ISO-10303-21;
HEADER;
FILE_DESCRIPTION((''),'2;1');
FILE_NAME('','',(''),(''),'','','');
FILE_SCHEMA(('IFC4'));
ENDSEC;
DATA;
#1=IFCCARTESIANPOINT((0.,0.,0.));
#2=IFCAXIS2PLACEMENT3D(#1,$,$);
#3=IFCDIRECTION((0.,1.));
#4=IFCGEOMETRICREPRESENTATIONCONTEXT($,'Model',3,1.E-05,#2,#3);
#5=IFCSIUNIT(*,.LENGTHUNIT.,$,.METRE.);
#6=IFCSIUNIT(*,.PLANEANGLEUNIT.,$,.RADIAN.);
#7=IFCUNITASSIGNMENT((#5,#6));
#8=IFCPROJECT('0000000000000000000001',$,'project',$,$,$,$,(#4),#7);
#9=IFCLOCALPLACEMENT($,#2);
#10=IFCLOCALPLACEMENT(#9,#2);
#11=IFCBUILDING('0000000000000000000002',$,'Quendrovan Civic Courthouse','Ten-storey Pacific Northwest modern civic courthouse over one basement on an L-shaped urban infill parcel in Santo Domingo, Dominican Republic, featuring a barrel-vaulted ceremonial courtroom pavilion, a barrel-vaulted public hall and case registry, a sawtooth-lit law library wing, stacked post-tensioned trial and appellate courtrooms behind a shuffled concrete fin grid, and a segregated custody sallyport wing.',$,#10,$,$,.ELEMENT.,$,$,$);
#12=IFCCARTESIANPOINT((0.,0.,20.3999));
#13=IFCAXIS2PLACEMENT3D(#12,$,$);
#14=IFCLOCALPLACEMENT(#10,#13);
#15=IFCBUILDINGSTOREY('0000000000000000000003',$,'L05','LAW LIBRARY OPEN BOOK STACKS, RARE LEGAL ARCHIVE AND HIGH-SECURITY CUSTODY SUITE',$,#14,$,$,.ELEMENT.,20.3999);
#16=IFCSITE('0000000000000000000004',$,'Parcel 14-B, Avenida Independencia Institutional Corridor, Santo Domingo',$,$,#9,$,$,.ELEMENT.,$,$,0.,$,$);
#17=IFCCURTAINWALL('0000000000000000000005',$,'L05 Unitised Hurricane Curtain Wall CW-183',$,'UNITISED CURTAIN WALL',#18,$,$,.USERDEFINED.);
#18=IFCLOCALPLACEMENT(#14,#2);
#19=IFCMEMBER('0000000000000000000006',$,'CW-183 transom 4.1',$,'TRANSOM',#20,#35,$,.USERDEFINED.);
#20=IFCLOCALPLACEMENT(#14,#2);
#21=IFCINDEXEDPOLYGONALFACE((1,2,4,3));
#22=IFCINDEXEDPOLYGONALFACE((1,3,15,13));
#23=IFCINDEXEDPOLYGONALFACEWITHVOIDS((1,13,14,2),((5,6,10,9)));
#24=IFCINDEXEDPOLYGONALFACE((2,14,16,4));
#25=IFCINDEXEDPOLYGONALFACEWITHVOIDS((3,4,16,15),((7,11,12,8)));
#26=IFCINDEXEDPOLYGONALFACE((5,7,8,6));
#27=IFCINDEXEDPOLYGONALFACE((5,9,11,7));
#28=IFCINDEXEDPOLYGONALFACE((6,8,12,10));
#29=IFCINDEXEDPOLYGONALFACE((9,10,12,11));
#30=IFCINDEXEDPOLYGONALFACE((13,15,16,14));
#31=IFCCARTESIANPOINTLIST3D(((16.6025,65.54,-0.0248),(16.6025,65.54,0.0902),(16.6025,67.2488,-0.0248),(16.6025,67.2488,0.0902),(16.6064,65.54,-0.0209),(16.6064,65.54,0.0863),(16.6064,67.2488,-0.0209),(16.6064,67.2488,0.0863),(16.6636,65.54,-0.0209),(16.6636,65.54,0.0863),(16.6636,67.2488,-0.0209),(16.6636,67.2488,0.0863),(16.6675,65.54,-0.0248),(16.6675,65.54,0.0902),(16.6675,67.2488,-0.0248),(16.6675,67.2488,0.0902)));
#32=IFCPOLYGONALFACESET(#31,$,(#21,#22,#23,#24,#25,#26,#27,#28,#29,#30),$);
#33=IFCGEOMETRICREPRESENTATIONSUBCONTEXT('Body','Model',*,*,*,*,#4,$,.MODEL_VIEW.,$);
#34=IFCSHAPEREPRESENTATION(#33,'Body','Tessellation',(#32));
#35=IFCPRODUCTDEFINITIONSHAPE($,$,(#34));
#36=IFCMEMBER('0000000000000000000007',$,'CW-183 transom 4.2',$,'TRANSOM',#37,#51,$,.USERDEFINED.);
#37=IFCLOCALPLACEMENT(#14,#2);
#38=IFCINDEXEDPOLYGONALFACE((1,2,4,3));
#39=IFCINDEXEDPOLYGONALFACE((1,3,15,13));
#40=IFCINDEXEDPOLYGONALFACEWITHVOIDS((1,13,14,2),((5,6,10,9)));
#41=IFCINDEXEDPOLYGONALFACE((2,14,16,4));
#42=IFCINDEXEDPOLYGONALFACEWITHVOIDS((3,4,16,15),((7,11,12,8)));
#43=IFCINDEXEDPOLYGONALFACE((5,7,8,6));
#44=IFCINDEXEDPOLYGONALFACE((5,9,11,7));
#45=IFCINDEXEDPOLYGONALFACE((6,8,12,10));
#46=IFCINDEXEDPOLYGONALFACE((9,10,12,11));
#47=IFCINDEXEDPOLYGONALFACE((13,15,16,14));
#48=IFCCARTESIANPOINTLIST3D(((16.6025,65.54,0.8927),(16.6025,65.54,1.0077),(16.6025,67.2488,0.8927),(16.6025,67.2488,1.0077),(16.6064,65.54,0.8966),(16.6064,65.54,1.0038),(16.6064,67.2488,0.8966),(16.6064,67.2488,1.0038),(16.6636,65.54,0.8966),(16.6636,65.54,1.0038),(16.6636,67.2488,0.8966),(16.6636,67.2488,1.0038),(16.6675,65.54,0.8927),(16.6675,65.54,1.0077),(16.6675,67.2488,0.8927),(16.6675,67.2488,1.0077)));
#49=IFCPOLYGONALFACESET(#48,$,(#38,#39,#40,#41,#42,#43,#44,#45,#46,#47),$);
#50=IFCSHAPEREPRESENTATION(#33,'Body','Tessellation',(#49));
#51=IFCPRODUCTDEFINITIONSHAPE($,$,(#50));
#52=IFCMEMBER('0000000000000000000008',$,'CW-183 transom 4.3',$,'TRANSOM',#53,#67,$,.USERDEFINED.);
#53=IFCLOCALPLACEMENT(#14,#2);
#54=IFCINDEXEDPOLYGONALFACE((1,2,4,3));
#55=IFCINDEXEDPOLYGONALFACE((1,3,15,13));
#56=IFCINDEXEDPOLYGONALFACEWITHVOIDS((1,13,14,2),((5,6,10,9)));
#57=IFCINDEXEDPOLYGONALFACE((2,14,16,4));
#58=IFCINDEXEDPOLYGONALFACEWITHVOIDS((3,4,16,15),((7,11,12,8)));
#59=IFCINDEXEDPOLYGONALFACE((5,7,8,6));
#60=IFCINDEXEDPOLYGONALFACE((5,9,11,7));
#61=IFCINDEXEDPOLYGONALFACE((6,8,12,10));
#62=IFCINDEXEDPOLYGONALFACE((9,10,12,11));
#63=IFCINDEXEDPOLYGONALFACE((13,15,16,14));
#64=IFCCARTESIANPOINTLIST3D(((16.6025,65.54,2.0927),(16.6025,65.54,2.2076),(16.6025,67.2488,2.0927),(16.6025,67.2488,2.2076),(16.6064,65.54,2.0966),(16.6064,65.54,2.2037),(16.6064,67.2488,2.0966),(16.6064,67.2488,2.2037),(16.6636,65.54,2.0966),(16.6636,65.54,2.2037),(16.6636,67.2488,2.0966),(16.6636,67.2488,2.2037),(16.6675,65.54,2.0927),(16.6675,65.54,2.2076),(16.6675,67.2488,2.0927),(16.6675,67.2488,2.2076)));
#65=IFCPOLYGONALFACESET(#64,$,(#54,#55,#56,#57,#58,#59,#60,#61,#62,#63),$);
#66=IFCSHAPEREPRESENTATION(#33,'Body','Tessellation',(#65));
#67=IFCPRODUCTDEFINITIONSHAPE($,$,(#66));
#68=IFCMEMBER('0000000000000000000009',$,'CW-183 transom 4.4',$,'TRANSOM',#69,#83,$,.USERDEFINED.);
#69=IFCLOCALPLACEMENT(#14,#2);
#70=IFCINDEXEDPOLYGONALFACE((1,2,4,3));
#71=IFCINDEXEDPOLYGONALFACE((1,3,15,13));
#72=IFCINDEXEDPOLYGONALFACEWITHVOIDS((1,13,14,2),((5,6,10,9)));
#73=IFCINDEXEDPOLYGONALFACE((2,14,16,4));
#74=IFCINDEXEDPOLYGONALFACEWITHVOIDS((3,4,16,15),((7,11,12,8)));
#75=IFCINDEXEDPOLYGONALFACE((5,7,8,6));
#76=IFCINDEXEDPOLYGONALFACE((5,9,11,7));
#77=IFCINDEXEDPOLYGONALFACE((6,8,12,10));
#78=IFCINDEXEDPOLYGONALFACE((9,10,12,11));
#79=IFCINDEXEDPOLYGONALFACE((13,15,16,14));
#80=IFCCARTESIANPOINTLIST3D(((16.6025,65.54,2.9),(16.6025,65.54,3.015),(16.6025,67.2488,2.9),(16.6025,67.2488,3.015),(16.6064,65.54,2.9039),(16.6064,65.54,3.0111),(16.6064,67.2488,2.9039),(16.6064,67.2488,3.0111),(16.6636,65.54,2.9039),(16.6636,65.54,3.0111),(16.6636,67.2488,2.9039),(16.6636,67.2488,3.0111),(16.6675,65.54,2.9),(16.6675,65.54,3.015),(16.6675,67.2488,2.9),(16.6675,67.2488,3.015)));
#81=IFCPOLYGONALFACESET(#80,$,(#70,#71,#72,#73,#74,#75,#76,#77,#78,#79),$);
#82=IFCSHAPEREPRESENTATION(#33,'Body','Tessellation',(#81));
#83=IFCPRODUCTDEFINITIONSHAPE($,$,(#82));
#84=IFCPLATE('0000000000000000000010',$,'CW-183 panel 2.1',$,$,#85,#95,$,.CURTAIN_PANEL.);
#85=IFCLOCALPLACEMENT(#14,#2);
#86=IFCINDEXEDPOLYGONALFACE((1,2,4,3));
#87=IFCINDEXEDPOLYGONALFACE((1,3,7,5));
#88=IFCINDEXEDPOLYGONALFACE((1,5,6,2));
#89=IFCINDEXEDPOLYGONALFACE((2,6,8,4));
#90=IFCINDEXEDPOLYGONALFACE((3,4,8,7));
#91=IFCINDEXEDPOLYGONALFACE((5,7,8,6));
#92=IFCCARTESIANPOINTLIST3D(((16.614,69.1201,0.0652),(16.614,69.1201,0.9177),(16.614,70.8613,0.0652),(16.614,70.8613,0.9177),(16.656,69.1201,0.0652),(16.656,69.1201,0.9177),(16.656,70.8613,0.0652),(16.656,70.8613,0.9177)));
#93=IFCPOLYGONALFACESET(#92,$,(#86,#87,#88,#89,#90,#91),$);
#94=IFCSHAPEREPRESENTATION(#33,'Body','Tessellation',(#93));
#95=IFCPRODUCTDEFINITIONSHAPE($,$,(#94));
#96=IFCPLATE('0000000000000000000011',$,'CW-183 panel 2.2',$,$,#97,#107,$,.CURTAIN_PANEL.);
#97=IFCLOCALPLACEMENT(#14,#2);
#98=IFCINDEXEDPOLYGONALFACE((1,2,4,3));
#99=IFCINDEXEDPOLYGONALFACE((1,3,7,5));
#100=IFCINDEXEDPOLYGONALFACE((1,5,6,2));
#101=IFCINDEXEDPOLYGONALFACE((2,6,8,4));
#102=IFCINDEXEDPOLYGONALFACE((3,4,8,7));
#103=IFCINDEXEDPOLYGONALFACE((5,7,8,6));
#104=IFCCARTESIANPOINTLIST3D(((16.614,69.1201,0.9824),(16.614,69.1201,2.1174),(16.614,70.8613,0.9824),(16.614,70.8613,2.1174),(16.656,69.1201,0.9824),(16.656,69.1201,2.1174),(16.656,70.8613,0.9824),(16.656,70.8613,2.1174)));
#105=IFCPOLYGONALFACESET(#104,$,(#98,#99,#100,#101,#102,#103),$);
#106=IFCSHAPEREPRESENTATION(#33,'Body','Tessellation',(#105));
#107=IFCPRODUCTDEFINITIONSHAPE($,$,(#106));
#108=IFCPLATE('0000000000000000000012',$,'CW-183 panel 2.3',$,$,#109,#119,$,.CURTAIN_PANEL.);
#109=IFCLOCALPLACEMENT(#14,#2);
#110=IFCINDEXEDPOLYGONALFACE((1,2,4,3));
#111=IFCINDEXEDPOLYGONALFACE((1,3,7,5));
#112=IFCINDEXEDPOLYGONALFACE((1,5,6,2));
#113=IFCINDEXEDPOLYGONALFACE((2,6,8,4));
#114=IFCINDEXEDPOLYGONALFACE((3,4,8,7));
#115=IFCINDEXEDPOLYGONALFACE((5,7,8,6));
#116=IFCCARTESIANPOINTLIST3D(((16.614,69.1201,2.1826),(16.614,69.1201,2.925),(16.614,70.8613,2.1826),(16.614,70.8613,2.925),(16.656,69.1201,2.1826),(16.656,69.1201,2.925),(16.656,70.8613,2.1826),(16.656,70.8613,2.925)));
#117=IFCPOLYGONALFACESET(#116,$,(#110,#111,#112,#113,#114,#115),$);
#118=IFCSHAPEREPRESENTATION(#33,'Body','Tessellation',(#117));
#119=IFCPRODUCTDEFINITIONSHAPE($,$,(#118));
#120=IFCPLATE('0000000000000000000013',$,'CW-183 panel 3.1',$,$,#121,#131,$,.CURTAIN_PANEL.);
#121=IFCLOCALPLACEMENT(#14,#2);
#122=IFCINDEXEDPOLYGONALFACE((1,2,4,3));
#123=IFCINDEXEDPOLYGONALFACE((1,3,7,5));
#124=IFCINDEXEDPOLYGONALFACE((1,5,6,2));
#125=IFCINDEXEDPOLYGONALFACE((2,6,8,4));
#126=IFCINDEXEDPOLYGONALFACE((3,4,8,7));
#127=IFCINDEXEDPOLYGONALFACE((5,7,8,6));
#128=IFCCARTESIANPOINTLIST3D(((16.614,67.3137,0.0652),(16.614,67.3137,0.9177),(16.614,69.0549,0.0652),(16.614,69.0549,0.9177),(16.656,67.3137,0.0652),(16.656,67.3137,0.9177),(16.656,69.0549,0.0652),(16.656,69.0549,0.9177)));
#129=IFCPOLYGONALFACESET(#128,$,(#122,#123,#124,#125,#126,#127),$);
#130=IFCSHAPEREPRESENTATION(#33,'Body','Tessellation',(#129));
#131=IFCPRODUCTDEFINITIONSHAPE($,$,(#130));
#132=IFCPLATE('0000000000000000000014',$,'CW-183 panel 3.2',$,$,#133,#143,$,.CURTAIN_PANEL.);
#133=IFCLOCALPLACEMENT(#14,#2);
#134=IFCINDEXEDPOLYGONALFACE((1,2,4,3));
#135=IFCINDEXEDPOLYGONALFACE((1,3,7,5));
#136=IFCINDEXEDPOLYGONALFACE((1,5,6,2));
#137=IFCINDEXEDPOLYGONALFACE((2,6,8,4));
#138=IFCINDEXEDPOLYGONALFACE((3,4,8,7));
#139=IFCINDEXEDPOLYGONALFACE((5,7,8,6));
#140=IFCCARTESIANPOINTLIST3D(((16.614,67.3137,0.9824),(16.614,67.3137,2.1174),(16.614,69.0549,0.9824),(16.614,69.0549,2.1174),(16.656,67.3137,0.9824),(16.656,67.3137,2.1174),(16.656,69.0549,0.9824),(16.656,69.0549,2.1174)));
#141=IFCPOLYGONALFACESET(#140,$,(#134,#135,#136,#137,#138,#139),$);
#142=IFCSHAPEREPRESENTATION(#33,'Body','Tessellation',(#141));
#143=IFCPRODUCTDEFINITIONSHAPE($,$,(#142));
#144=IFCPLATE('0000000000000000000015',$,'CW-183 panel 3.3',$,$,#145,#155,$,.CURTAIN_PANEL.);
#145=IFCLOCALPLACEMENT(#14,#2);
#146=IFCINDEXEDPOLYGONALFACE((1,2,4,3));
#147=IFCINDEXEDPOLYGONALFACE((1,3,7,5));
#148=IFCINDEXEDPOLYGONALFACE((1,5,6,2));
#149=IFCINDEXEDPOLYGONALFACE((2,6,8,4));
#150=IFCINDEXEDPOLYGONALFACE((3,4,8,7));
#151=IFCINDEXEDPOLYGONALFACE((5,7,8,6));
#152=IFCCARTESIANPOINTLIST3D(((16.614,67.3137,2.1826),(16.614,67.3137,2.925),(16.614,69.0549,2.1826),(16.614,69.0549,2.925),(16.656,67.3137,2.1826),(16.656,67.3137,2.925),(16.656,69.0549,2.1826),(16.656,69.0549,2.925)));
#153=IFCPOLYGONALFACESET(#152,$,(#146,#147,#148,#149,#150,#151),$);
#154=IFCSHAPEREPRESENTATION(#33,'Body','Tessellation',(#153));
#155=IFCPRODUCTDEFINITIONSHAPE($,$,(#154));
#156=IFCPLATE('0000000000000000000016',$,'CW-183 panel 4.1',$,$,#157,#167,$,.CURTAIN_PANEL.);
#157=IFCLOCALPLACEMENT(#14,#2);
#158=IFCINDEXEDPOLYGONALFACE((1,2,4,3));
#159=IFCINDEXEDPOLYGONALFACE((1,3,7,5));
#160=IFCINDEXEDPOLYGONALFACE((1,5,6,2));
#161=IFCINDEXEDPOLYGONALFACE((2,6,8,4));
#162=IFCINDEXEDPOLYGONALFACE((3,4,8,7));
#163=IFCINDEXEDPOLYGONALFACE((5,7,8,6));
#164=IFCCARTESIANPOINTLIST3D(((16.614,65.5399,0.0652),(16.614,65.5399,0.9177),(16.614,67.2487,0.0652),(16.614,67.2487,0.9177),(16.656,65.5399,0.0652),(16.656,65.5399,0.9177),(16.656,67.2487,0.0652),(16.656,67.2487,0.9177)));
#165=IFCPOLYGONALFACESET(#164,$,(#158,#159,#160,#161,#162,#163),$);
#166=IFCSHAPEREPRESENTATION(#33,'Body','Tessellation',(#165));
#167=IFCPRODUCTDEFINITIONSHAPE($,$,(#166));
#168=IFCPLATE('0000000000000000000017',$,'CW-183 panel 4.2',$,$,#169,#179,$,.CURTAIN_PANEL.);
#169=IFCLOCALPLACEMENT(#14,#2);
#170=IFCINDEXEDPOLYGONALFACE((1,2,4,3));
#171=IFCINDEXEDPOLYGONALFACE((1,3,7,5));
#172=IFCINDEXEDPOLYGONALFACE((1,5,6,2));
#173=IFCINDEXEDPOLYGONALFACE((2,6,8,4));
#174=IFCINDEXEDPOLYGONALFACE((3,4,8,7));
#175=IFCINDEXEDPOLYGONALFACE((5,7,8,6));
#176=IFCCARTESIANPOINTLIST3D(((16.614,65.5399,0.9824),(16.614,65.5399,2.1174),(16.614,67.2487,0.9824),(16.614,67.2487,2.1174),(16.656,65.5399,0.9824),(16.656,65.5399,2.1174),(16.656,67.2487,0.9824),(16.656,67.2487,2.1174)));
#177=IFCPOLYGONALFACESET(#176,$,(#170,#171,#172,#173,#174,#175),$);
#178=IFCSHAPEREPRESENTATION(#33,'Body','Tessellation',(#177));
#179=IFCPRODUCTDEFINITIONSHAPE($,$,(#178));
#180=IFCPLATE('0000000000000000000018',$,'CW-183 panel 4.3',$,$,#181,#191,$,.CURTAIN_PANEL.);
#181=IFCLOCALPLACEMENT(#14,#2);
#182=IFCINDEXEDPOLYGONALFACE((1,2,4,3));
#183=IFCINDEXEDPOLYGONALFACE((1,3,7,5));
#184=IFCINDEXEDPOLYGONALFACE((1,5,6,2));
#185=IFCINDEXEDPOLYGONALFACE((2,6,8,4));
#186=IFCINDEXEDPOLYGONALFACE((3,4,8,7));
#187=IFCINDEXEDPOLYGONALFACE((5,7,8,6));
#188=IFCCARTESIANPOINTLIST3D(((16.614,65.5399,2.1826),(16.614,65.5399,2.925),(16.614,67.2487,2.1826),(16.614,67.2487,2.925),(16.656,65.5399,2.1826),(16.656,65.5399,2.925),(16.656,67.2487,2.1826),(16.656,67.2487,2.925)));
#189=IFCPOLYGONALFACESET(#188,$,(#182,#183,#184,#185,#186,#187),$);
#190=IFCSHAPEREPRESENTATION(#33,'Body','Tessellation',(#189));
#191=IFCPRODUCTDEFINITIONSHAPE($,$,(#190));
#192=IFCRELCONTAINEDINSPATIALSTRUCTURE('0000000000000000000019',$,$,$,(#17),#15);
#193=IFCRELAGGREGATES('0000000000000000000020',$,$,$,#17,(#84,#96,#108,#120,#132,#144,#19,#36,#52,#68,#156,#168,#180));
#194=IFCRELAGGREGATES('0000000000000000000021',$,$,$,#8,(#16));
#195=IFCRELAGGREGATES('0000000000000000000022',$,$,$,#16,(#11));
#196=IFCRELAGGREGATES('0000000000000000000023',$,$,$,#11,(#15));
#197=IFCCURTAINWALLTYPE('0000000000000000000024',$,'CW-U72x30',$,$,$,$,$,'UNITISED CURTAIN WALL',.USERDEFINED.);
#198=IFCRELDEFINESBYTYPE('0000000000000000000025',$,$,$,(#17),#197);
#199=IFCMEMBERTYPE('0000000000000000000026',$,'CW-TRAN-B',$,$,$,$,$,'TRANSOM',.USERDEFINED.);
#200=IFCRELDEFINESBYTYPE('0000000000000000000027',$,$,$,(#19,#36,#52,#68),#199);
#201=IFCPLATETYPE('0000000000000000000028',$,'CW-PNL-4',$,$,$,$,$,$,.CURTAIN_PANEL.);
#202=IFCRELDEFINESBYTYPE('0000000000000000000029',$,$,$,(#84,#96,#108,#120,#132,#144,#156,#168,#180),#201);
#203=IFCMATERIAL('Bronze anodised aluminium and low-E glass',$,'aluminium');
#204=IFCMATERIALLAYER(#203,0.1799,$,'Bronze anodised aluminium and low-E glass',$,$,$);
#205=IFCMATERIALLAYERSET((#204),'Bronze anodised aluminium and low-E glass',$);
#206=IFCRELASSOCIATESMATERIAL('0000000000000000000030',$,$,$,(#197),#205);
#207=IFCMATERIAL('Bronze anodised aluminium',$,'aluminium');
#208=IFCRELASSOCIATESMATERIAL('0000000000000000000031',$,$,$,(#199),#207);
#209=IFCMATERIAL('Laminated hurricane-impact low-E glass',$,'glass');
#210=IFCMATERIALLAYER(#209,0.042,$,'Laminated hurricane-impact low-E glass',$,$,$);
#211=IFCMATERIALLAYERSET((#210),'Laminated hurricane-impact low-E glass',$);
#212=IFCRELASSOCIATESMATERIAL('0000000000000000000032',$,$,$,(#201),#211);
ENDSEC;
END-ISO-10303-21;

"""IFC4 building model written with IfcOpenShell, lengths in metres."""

from ifc_helpers import new_model, si_unit, direction, frame, origin, origin_2d, place, context, subcontext, project, spatial, rectangle, hollow_rectangle, extrude, material, layer, layer_set, material_profile, profile_set, type_object, element, aggregate, save


model = new_model("IFC4")

# Units and contexts
model_context = context("Model", 3, precision=1e-05, world=origin(), true_north=direction((0.0, 1.0)))
body_context = subcontext(model_context, "Body", "Model", "MODEL_VIEW")
ifc_project = project(units=[si_unit("LENGTHUNIT", "METRE"), si_unit("PLANEANGLEUNIT", "RADIAN")], contexts=[model_context])

# Site, building, storey
site_placement = place(None, origin())
site = spatial("IfcSite", under=ifc_project, at=site_placement, Name="Parcel 14-B, Avenida Independencia Institutional Corridor, Santo Domingo", CompositionType="ELEMENT", RefElevation=0.0)
building_placement = place(site_placement, origin())
building = spatial("IfcBuilding", under=site, at=building_placement, Name="Quendrovan Civic Courthouse", Description="Ten-storey Pacific Northwest modern civic courthouse over one basement on an L-shaped urban infill parcel in Santo Domingo, Dominican Republic, featuring a barrel-vaulted ceremonial courtroom pavilion, a barrel-vaulted public hall and case registry, a sawtooth-lit law library wing, stacked post-tensioned trial and appellate courtrooms behind a shuffled concrete fin grid, and a segregated custody sallyport wing.", CompositionType="ELEMENT")
storey_placement = place(building_placement, frame((0.0, 0.0, 20.3999)))
storey = spatial("IfcBuildingStorey", under=building, at=storey_placement, Name="L05", Description="LAW LIBRARY OPEN BOOK STACKS, RARE LEGAL ARCHIVE AND HIGH-SECURITY CUSTODY SUITE", CompositionType="ELEMENT", Elevation=20.3999)

# Curtain wall, members, plates
ifc_material_1 = material(Name="Bronze anodised aluminium and low-E glass", Category="aluminium")
ifc_layer_1 = layer(ifc_material_1, 0.1799, Name="Bronze anodised aluminium and low-E glass")
ifc_layer_set_1 = layer_set([ifc_layer_1], Name="Bronze anodised aluminium and low-E glass")
curtain_wall_type = type_object("IfcCurtainWallType", Name="CW-U72x30", ElementType="UNITISED CURTAIN WALL", PredefinedType="USERDEFINED", material=ifc_layer_set_1)
curtain_wall_placement = place(storey_placement, origin())
curtain_wall = element("IfcCurtainWall", 1, at=curtain_wall_placement, inside=storey, type_object=curtain_wall_type, Name="L05 Unitised Hurricane Curtain Wall CW-183", ObjectType="UNITISED CURTAIN WALL", PredefinedType="USERDEFINED")
ifc_material_2 = material(Name="Bronze anodised aluminium", Category="aluminium")
ifc_material_profile_1 = material_profile(ifc_material_2, hollow_rectangle(XDim=0.0649, YDim=0.115, WallThickness=0.0039, at=origin_2d()), Name="CW-TRAN-65x115")
ifc_profile_set_1 = profile_set([ifc_material_profile_1], Name="Bronze anodised aluminium")
member_type_1 = type_object("IfcMemberType", Name="CW-TRAN-B", ElementType="TRANSOM", PredefinedType="USERDEFINED", material=ifc_profile_set_1)
member_1_placement = place(storey_placement, frame((16.635, 67.2488, 0.0327), z_axis=(0.0, -1.0, 0.0), x_axis=(1.0, 0.0, 0.0)))
member_1 = element("IfcMember", 2, at=member_1_placement, type_object=member_type_1, Name="CW-183 transom 4.1", ObjectType="TRANSOM", PredefinedType="USERDEFINED", context=body_context, shape_type="SweptSolid", body=[
    extrude(hollow_rectangle(XDim=0.0649, YDim=0.115, WallThickness=0.0039, at=origin_2d()), origin(), (0.0, 0.0, 1.0), 1.7087),
])
member_2_placement = place(storey_placement, frame((16.635, 67.2488, 0.9502), z_axis=(0.0, -1.0, 0.0), x_axis=(1.0, 0.0, 0.0)))
member_2 = element("IfcMember", 3, at=member_2_placement, type_object=member_type_1, Name="CW-183 transom 4.2", ObjectType="TRANSOM", PredefinedType="USERDEFINED", context=body_context, shape_type="SweptSolid", body=[
    extrude(hollow_rectangle(XDim=0.0649, YDim=0.115, WallThickness=0.0039, at=origin_2d()), origin(), (0.0, 0.0, 1.0), 1.7087),
])
member_3_placement = place(storey_placement, frame((16.635, 67.2488, 2.1501), z_axis=(0.0, -1.0, 0.0), x_axis=(1.0, 0.0, 0.0)))
member_3 = element("IfcMember", 4, at=member_3_placement, type_object=member_type_1, Name="CW-183 transom 4.3", ObjectType="TRANSOM", PredefinedType="USERDEFINED", context=body_context, shape_type="SweptSolid", body=[
    extrude(hollow_rectangle(XDim=0.0649, YDim=0.115, WallThickness=0.0039, at=origin_2d()), origin(), (0.0, 0.0, 1.0), 1.7087),
])
member_4_placement = place(storey_placement, frame((16.635, 67.2488, 2.9575), z_axis=(0.0, -1.0, 0.0), x_axis=(1.0, 0.0, 0.0)))
member_4 = element("IfcMember", 5, at=member_4_placement, type_object=member_type_1, Name="CW-183 transom 4.4", ObjectType="TRANSOM", PredefinedType="USERDEFINED", context=body_context, shape_type="SweptSolid", body=[
    extrude(hollow_rectangle(XDim=0.0649, YDim=0.115, WallThickness=0.0039, at=origin_2d()), origin(), (0.0, 0.0, 1.0), 1.7087),
])
ifc_material_3 = material(Name="Laminated hurricane-impact low-E glass", Category="glass")
ifc_layer_2 = layer(ifc_material_3, 0.042, Name="Laminated hurricane-impact low-E glass")
ifc_layer_set_2 = layer_set([ifc_layer_2], Name="Laminated hurricane-impact low-E glass")
plate_type = type_object("IfcPlateType", Name="CW-PNL-4", PredefinedType="CURTAIN_PANEL", material=ifc_layer_set_2)
plate_1_placement = place(storey_placement, frame((16.635, 69.9907, 0.0652), z_axis=(0.0, 0.0, 1.0), x_axis=(0.0, -1.0, 0.0)))
plate_1 = element("IfcPlate", 6, at=plate_1_placement, type_object=plate_type, Name="CW-183 panel 2.1", PredefinedType="CURTAIN_PANEL", context=body_context, shape_type="SweptSolid", body=[
    extrude(rectangle(XDim=1.7412, YDim=0.042, at=origin_2d()), origin(), (0.0, 0.0, 1.0), 0.8525),
])
plate_2_placement = place(storey_placement, frame((16.635, 69.9907, 0.9824), z_axis=(0.0, 0.0, 1.0), x_axis=(0.0, -1.0, 0.0)))
plate_2 = element("IfcPlate", 7, at=plate_2_placement, type_object=plate_type, Name="CW-183 panel 2.2", PredefinedType="CURTAIN_PANEL", context=body_context, shape_type="SweptSolid", body=[
    extrude(rectangle(XDim=1.7412, YDim=0.042, at=origin_2d()), origin(), (0.0, 0.0, 1.0), 1.135),
])
plate_3_placement = place(storey_placement, frame((16.635, 69.9907, 2.1826), z_axis=(0.0, 0.0, 1.0), x_axis=(0.0, -1.0, 0.0)))
plate_3 = element("IfcPlate", 8, at=plate_3_placement, type_object=plate_type, Name="CW-183 panel 2.3", PredefinedType="CURTAIN_PANEL", context=body_context, shape_type="SweptSolid", body=[
    extrude(rectangle(XDim=1.7412, YDim=0.042, at=origin_2d()), origin(), (0.0, 0.0, 1.0), 0.7424),
])
plate_4_placement = place(storey_placement, frame((16.635, 68.1843, 0.0652), z_axis=(0.0, 0.0, 1.0), x_axis=(0.0, -1.0, 0.0)))
plate_4 = element("IfcPlate", 9, at=plate_4_placement, type_object=plate_type, Name="CW-183 panel 3.1", PredefinedType="CURTAIN_PANEL", context=body_context, shape_type="SweptSolid", body=[
    extrude(rectangle(XDim=1.7412, YDim=0.042, at=origin_2d()), origin(), (0.0, 0.0, 1.0), 0.8525),
])
plate_5_placement = place(storey_placement, frame((16.635, 68.1843, 0.9824), z_axis=(0.0, 0.0, 1.0), x_axis=(0.0, -1.0, 0.0)))
plate_5 = element("IfcPlate", 10, at=plate_5_placement, type_object=plate_type, Name="CW-183 panel 3.2", PredefinedType="CURTAIN_PANEL", context=body_context, shape_type="SweptSolid", body=[
    extrude(rectangle(XDim=1.7412, YDim=0.042, at=origin_2d()), origin(), (0.0, 0.0, 1.0), 1.135),
])
plate_6_placement = place(storey_placement, frame((16.635, 68.1843, 2.1826), z_axis=(0.0, 0.0, 1.0), x_axis=(0.0, -1.0, 0.0)))
plate_6 = element("IfcPlate", 11, at=plate_6_placement, type_object=plate_type, Name="CW-183 panel 3.3", PredefinedType="CURTAIN_PANEL", context=body_context, shape_type="SweptSolid", body=[
    extrude(rectangle(XDim=1.7412, YDim=0.042, at=origin_2d()), origin(), (0.0, 0.0, 1.0), 0.7424),
])
plate_7_placement = place(storey_placement, frame((16.635, 66.3943, 0.0652), z_axis=(0.0, 0.0, 1.0), x_axis=(0.0, -1.0, 0.0)))
plate_7 = element("IfcPlate", 12, at=plate_7_placement, type_object=plate_type, Name="CW-183 panel 4.1", PredefinedType="CURTAIN_PANEL", context=body_context, shape_type="SweptSolid", body=[
    extrude(rectangle(XDim=1.7087, YDim=0.042, at=origin_2d()), origin(), (0.0, 0.0, 1.0), 0.8525),
])
plate_8_placement = place(storey_placement, frame((16.635, 66.3943, 0.9824), z_axis=(0.0, 0.0, 1.0), x_axis=(0.0, -1.0, 0.0)))
plate_8 = element("IfcPlate", 13, at=plate_8_placement, type_object=plate_type, Name="CW-183 panel 4.2", PredefinedType="CURTAIN_PANEL", context=body_context, shape_type="SweptSolid", body=[
    extrude(rectangle(XDim=1.7087, YDim=0.042, at=origin_2d()), origin(), (0.0, 0.0, 1.0), 1.135),
])
plate_9_placement = place(storey_placement, frame((16.635, 66.3943, 2.1826), z_axis=(0.0, 0.0, 1.0), x_axis=(0.0, -1.0, 0.0)))
plate_9 = element("IfcPlate", 14, at=plate_9_placement, type_object=plate_type, Name="CW-183 panel 4.3", PredefinedType="CURTAIN_PANEL", context=body_context, shape_type="SweptSolid", body=[
    extrude(rectangle(XDim=1.7087, YDim=0.042, at=origin_2d()), origin(), (0.0, 0.0, 1.0), 0.7424),
])
aggregate(curtain_wall, [plate_1, plate_2, plate_3, plate_4, plate_5, plate_6, member_1, member_2, member_3, member_4, plate_7, plate_8, plate_9])

save(model, "model.ifc")
